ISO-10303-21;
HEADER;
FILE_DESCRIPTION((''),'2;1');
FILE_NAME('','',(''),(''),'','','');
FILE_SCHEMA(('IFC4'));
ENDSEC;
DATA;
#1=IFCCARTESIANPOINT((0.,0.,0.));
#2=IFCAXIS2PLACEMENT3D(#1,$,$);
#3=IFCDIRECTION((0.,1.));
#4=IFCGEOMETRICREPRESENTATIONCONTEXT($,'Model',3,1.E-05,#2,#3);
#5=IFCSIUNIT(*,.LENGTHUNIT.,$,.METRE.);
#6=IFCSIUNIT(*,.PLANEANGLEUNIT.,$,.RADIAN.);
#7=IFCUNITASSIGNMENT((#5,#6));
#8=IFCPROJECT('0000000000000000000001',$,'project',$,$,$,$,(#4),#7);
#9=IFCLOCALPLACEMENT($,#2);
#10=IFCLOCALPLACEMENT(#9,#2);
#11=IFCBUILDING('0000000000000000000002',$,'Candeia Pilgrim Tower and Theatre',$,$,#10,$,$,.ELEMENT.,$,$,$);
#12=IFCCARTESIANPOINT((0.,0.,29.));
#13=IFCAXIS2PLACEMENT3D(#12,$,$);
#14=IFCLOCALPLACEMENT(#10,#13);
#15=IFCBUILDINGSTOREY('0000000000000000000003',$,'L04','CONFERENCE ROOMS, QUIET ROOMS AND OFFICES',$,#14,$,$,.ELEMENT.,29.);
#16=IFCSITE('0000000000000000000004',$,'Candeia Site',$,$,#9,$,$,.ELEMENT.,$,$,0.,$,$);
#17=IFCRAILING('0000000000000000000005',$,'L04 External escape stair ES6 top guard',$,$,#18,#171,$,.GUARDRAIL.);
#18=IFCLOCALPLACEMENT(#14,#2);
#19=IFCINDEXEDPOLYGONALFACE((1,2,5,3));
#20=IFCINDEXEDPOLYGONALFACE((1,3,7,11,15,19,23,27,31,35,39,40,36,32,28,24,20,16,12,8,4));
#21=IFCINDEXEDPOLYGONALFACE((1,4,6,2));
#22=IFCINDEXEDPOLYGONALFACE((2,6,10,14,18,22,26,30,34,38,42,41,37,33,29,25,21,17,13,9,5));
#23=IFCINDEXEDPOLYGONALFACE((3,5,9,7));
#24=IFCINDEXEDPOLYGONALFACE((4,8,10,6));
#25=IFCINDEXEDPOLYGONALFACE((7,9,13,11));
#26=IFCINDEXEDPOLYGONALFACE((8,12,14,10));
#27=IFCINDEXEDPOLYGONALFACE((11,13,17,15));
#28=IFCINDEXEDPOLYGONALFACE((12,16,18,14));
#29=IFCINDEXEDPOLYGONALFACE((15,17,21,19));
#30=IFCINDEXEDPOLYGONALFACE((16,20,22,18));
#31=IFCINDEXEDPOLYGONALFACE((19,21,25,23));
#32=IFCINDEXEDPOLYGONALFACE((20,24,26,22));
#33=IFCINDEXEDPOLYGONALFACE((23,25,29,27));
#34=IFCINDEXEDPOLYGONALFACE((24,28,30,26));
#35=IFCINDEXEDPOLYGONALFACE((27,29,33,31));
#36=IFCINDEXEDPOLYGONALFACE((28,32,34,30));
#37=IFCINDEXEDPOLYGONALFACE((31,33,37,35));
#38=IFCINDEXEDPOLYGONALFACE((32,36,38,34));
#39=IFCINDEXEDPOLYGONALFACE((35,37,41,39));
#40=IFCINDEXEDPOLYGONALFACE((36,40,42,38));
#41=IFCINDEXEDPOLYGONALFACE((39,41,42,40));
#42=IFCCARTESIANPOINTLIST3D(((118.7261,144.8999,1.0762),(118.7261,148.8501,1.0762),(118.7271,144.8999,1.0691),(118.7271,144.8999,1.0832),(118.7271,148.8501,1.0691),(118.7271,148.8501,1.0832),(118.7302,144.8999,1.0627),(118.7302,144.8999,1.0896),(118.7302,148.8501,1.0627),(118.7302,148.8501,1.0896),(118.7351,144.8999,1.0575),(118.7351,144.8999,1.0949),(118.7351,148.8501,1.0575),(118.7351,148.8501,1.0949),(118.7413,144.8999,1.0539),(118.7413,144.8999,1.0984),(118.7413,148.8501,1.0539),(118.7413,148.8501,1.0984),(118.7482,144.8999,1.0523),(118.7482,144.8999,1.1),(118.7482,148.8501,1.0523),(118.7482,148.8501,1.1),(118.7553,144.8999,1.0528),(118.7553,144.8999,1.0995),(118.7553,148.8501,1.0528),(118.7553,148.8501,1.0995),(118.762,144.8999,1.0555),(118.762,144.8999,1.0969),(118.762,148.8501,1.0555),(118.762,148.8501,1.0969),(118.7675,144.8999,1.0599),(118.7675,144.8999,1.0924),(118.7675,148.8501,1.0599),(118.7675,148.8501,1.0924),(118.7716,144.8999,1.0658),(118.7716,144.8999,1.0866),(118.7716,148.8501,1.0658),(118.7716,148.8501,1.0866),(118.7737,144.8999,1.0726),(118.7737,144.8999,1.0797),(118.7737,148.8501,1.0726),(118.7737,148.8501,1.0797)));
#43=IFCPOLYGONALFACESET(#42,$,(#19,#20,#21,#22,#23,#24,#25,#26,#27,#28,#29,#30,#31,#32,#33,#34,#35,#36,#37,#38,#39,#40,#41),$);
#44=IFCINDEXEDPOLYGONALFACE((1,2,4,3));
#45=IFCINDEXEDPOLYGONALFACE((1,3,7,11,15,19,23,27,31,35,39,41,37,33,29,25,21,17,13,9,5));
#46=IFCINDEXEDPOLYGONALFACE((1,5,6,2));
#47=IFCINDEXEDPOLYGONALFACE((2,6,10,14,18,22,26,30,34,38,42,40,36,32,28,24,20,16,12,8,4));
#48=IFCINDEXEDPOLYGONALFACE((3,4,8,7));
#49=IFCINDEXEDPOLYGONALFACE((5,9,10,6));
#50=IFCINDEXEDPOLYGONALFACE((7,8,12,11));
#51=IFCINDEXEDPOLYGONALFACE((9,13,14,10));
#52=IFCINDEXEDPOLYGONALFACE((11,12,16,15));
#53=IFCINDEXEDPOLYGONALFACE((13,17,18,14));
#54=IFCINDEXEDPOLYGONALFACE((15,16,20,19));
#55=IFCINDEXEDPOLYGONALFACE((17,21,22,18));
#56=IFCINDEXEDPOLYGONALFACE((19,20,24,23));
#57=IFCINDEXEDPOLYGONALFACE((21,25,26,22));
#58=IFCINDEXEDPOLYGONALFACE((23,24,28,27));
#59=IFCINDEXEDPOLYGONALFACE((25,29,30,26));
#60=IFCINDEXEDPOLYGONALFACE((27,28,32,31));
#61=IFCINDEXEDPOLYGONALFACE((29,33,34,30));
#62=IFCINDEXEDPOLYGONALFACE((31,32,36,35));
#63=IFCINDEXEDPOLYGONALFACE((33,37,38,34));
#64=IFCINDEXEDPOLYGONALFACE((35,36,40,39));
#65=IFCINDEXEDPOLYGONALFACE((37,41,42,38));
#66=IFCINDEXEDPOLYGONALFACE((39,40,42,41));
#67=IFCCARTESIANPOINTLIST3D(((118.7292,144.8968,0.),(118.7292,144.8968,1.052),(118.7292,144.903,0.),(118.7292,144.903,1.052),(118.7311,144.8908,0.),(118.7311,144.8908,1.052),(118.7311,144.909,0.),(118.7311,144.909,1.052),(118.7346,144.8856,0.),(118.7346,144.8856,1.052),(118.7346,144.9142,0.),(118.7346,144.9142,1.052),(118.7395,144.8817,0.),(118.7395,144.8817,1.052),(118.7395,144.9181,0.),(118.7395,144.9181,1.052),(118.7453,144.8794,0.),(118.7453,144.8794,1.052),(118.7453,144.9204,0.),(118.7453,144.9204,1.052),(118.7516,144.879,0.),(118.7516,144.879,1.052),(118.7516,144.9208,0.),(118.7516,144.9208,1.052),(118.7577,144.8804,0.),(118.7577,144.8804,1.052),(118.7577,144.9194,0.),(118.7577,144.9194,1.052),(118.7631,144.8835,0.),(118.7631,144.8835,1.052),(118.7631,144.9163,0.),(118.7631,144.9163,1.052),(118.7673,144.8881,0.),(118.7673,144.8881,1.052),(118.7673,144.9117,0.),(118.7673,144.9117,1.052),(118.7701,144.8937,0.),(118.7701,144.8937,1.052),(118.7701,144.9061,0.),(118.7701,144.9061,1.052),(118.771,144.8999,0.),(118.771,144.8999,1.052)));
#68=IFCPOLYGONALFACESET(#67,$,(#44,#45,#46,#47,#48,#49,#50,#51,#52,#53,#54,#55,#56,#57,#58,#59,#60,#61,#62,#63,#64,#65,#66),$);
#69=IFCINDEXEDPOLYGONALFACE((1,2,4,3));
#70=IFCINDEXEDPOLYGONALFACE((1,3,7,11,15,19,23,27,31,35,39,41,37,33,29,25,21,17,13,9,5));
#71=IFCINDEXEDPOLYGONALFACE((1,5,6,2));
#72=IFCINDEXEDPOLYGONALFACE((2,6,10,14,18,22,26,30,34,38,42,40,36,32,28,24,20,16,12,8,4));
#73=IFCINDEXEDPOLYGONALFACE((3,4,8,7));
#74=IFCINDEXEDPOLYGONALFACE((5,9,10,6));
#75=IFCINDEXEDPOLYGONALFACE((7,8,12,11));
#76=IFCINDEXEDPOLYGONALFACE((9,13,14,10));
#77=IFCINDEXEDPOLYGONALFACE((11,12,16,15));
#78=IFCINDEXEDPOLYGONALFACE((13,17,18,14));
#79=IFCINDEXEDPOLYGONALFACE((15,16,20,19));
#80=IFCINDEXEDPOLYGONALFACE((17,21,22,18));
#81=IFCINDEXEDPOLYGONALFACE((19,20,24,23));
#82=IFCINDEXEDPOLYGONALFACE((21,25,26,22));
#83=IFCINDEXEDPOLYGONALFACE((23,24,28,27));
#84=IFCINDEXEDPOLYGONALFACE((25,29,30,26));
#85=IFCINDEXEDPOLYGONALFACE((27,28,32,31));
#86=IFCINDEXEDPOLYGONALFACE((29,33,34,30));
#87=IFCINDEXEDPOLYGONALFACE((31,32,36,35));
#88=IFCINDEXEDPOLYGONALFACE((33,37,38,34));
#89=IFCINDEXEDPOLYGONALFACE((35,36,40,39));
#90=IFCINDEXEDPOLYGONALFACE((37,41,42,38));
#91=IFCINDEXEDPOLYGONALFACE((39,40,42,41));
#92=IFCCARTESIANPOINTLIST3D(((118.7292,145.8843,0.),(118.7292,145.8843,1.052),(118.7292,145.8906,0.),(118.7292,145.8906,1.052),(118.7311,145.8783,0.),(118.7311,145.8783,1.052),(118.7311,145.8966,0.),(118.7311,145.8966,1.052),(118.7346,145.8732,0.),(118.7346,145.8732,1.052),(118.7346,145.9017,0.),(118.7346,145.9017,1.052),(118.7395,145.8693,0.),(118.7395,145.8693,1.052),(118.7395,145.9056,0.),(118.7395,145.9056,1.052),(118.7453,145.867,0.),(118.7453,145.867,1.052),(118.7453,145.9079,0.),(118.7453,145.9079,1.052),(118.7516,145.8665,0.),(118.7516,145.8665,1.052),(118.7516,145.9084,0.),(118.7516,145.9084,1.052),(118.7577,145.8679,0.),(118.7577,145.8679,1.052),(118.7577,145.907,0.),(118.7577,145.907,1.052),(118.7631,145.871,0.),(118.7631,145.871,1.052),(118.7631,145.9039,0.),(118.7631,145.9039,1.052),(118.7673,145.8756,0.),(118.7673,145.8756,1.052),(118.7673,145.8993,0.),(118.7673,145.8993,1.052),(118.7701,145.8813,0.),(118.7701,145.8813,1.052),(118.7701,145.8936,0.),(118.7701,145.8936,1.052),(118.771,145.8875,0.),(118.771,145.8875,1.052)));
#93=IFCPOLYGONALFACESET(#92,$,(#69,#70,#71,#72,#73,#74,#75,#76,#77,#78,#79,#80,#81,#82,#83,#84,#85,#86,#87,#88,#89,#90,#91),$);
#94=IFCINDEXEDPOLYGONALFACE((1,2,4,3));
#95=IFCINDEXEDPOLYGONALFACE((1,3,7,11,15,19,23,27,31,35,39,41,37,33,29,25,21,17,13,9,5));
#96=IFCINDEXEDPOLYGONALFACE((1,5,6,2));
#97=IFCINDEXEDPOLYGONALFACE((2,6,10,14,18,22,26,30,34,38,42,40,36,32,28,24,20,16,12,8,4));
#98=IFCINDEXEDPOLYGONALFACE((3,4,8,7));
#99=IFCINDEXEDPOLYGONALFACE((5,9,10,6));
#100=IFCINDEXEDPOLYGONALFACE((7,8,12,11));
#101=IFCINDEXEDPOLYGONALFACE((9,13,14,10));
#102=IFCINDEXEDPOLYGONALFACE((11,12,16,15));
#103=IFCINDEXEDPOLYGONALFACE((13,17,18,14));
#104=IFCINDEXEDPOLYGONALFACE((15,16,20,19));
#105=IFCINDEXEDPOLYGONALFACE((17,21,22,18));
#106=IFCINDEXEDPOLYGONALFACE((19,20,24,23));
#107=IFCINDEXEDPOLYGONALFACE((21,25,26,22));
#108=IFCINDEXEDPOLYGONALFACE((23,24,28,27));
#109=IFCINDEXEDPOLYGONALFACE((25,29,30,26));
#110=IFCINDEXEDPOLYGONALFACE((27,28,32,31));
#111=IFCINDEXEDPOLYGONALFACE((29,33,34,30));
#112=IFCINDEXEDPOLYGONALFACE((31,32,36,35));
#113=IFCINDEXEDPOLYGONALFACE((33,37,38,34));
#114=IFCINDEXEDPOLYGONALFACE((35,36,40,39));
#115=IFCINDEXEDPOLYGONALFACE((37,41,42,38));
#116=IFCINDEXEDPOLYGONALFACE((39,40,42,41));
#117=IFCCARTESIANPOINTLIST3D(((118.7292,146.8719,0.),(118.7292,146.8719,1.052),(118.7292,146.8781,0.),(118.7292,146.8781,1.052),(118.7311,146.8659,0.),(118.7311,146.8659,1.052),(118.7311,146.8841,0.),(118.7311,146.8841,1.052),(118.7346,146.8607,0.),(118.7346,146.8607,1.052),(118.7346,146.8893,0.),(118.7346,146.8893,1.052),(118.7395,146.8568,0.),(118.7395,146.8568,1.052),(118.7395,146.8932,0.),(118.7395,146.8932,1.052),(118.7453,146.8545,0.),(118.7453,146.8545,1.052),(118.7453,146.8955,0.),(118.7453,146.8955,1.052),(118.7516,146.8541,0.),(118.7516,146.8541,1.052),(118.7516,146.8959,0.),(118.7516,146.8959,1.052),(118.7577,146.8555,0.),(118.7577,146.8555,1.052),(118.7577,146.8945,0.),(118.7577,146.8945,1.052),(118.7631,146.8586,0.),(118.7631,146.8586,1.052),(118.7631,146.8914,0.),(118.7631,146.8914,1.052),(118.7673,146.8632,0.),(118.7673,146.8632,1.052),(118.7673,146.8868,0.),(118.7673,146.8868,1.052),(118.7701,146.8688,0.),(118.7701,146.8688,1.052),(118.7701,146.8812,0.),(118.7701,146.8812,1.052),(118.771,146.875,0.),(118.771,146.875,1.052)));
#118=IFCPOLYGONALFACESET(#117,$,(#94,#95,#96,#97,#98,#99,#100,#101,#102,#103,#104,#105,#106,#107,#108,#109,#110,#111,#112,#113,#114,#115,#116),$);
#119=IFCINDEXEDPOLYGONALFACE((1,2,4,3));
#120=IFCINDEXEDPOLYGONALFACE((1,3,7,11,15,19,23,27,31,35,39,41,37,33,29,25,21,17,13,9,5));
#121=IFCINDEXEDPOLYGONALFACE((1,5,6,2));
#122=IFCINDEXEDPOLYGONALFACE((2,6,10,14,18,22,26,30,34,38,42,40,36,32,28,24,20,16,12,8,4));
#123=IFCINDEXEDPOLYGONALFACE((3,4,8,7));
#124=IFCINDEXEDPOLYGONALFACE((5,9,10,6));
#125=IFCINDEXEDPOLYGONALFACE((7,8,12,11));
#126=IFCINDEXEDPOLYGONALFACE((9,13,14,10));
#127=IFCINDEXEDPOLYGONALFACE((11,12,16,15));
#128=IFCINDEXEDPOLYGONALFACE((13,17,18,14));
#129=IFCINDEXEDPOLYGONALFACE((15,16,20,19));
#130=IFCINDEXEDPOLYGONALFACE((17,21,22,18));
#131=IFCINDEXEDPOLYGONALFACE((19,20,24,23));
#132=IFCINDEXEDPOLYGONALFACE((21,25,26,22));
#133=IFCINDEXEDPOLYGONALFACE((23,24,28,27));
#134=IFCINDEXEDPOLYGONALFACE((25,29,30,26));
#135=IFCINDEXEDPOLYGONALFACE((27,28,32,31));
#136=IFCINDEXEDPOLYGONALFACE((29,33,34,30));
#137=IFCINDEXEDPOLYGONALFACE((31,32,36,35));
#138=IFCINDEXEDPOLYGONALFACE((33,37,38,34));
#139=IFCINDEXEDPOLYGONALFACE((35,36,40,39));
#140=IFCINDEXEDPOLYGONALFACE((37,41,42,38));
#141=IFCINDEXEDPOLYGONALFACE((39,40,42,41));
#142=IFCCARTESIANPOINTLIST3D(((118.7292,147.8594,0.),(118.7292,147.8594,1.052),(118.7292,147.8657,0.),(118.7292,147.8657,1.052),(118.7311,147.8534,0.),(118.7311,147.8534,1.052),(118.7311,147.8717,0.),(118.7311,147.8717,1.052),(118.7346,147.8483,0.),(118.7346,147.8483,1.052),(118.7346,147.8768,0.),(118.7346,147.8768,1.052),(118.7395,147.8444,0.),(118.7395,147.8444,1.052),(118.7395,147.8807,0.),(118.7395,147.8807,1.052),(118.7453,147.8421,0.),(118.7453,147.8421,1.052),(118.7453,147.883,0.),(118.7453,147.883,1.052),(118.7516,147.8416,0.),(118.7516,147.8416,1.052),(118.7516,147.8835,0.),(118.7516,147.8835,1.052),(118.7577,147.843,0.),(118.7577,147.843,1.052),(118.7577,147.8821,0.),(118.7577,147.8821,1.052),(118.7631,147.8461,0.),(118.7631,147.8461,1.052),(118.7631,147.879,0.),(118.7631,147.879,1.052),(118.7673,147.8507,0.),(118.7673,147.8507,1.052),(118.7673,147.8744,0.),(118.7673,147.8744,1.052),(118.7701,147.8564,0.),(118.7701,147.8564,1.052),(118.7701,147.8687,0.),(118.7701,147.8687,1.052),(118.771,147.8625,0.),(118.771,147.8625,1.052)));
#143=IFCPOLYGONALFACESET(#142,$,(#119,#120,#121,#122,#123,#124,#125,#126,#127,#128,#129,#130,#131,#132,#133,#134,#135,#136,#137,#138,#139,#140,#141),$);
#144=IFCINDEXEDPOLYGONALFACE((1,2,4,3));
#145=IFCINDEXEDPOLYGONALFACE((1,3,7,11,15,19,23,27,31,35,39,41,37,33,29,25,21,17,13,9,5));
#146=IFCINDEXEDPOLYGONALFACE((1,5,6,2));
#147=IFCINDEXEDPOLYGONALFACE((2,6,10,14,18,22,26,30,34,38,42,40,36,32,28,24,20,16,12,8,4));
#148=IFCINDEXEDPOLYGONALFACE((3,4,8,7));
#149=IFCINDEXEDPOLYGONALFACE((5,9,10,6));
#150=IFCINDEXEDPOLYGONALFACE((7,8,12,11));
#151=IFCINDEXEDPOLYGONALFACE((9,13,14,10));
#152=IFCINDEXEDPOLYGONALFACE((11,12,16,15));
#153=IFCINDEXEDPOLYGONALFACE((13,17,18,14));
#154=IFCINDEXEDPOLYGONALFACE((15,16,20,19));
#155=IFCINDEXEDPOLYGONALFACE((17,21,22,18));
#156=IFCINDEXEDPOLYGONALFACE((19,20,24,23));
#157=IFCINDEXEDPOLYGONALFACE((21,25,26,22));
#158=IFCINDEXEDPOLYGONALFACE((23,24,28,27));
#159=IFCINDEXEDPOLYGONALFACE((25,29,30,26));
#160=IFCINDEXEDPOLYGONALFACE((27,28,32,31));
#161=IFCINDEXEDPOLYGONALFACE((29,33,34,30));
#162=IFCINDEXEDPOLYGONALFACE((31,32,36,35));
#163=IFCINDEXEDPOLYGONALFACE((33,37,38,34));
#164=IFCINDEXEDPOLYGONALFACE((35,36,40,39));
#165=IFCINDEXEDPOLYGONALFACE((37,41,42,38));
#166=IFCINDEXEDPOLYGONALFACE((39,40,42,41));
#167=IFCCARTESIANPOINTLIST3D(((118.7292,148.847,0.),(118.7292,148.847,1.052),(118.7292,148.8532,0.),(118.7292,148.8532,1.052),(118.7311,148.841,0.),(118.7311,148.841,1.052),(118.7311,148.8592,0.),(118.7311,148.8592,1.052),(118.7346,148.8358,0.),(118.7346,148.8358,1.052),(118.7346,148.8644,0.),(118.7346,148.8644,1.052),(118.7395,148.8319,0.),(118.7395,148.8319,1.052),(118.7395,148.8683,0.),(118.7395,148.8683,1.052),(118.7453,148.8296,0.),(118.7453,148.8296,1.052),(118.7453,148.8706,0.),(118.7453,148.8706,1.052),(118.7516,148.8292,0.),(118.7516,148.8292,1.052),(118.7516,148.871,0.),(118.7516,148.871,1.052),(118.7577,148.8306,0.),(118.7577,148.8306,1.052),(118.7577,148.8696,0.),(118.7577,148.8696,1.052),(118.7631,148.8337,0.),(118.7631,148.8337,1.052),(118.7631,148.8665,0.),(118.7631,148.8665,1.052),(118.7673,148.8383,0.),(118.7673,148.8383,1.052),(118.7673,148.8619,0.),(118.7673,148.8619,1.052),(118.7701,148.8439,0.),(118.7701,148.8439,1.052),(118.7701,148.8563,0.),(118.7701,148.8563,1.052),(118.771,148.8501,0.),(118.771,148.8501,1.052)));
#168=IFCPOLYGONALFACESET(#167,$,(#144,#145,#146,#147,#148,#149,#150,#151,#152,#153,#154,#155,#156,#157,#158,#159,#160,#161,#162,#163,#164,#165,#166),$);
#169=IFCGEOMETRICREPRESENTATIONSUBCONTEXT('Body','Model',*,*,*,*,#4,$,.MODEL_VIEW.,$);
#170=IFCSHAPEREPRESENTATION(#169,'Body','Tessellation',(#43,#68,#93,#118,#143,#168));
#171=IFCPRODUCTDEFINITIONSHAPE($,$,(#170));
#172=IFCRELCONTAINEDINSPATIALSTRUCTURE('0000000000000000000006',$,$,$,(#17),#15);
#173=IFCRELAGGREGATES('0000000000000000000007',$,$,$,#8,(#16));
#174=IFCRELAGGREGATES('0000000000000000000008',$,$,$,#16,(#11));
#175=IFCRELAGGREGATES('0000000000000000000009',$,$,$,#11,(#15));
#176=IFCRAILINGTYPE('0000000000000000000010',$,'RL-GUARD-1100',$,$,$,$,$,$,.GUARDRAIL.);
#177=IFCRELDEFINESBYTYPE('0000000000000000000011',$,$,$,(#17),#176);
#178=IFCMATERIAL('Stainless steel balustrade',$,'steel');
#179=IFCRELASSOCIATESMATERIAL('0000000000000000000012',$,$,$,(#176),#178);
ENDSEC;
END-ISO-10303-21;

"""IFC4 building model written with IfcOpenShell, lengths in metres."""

from ifc_helpers import new_model, si_unit, direction, frame, origin, origin_2d, place, context, subcontext, project, spatial, circle, extrude, material, type_object, element, save


model = new_model("IFC4")

# Units and contexts
model_context = context("Model", 3, precision=1e-05, world=origin(), true_north=direction((0.0, 1.0)))
body_context = subcontext(model_context, "Body", "Model", "MODEL_VIEW")
ifc_project = project(units=[si_unit("LENGTHUNIT", "METRE"), si_unit("PLANEANGLEUNIT", "RADIAN")], contexts=[model_context])

# Site, building, storey
site_placement = place(None, origin())
site = spatial("IfcSite", under=ifc_project, at=site_placement, Name="Candeia Site", CompositionType="ELEMENT", RefElevation=0.0)
building_placement = place(site_placement, origin())
building = spatial("IfcBuilding", under=site, at=building_placement, Name="Candeia Pilgrim Tower and Theatre", CompositionType="ELEMENT")
storey_placement = place(building_placement, frame((0.0, 0.0, 29.0)))
storey = spatial("IfcBuildingStorey", under=building, at=storey_placement, Name="L04", Description="CONFERENCE ROOMS, QUIET ROOMS AND OFFICES", CompositionType="ELEMENT", Elevation=29.0)

# Railing
ifc_material_1 = material(Name="Stainless steel balustrade", Category="steel")
railing_type = type_object("IfcRailingType", Name="RL-GUARD-1100", PredefinedType="GUARDRAIL", material=ifc_material_1)
railing_1_placement = place(storey_placement, frame((118.75, 144.8999, 0.0)))
element("IfcRailing", 1, at=railing_1_placement, inside=storey, type_object=railing_type, Name="L04 External escape stair ES6 top guard", PredefinedType="GUARDRAIL", context=body_context, shape_type="SweptSolid", body=[
    extrude(circle(Radius=0.0239, at=origin_2d()), frame((0.0, 0.0, 1.0762), z_axis=(0.0, 1.0, 0.0), x_axis=(-1.0, 0.0, 0.0)), (0.0, 0.0, 1.0), 3.9502),
    extrude(circle(Radius=0.021, at=origin_2d()), origin(), (0.0, 0.0, 1.0), 1.052),
    extrude(circle(Radius=0.021, at=origin_2d()), frame((0.0, 0.9875, 0.0)), (0.0, 0.0, 1.0), 1.052),
    extrude(circle(Radius=0.021, at=origin_2d()), frame((0.0, 1.9751, 0.0)), (0.0, 0.0, 1.0), 1.052),
    extrude(circle(Radius=0.021, at=origin_2d()), frame((0.0, 2.9626, 0.0)), (0.0, 0.0, 1.0), 1.052),
    extrude(circle(Radius=0.021, at=origin_2d()), frame((0.0, 3.9502, 0.0)), (0.0, 0.0, 1.0), 1.052),
])

save(model, "model.ifc")
